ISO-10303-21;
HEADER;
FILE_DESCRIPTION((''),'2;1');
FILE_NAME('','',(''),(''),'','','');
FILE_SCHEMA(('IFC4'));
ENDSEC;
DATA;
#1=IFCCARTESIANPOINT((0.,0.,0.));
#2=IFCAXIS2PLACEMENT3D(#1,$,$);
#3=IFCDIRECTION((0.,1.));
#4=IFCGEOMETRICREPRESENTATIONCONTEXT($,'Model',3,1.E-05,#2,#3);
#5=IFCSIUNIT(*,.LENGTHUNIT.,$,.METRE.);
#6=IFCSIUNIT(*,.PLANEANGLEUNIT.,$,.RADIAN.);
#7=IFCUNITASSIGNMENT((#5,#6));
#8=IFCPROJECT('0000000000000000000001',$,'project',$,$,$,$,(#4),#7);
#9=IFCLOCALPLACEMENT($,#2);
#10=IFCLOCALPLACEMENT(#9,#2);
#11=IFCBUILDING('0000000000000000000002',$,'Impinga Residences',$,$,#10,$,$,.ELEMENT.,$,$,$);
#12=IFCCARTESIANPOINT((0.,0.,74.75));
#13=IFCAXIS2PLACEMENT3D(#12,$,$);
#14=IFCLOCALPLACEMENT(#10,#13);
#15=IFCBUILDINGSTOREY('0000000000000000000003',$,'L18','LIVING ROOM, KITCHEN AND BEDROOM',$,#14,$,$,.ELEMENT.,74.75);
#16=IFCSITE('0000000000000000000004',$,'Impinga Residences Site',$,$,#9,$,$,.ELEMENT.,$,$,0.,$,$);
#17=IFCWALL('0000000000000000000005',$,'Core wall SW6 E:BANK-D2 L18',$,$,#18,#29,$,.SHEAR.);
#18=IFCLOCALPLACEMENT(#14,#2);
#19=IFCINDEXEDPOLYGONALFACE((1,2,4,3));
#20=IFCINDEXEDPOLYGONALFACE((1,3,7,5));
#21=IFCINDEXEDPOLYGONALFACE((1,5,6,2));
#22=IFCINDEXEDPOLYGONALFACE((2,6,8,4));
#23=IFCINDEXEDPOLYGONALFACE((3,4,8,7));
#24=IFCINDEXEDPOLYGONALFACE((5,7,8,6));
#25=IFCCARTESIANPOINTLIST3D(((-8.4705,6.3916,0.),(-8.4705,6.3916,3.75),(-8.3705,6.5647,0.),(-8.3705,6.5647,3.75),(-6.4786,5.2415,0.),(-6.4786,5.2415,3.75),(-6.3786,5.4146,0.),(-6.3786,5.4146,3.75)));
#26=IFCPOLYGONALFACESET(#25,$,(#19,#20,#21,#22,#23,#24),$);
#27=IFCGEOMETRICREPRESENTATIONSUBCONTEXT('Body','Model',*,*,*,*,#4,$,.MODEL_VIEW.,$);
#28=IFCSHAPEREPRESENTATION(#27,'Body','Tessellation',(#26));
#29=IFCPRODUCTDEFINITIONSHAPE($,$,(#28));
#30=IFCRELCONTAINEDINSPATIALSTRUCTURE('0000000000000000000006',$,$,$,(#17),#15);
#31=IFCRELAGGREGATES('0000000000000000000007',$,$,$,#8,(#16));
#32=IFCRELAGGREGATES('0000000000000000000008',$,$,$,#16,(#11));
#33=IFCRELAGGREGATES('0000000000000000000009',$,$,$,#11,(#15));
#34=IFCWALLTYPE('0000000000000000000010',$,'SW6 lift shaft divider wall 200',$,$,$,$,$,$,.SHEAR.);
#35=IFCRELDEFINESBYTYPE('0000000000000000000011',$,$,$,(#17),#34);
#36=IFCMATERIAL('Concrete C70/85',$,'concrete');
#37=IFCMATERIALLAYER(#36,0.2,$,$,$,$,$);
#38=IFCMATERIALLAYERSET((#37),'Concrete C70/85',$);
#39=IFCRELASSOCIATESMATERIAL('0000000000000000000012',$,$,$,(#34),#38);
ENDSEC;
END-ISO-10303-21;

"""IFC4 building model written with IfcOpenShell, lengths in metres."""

from ifc_helpers import new_model, si_unit, direction, frame, frame_2d, origin, place, context, subcontext, project, spatial, rectangle, extrude, material, layer, layer_set, type_object, element, save


model = new_model("IFC4")

# Units and contexts
model_context = context("Model", 3, precision=1e-05, world=origin(), true_north=direction((0.0, 1.0)))
body_context = subcontext(model_context, "Body", "Model", "MODEL_VIEW")
ifc_project = project(units=[si_unit("LENGTHUNIT", "METRE"), si_unit("PLANEANGLEUNIT", "RADIAN")], contexts=[model_context])

# Site, building, storey
site_placement = place(None, origin())
site = spatial("IfcSite", under=ifc_project, at=site_placement, Name="Impinga Residences Site", CompositionType="ELEMENT", RefElevation=0.0)
building_placement = place(site_placement, origin())
building = spatial("IfcBuilding", under=site, at=building_placement, Name="Impinga Residences", CompositionType="ELEMENT")
storey_placement = place(building_placement, frame((0.0, 0.0, 74.75)))
storey = spatial("IfcBuildingStorey", under=building, at=storey_placement, Name="L18", Description="LIVING ROOM, KITCHEN AND BEDROOM", CompositionType="ELEMENT", Elevation=74.75)

# Shared definitions
ifc_material_1 = material(Name="Concrete C70/85", Category="concrete")

# Wall
ifc_layer_1 = layer(ifc_material_1, 0.2)
ifc_layer_set_1 = layer_set([ifc_layer_1], Name="Concrete C70/85")
wall_type_1 = type_object("IfcWallType", Name="SW6 lift shaft divider wall 200", PredefinedType="SHEAR", material=ifc_layer_set_1)
wall_1_placement = place(storey_placement, frame((-6.4287, 5.3281, 0.0), z_axis=(0.0, 0.0, 1.0), x_axis=(-0.866007, 0.500032, 0.0)))
element("IfcWall", 1, at=wall_1_placement, inside=storey, type_object=wall_type_1, Name="Core wall SW6 E:BANK-D2 L18", PredefinedType="SHEAR", context=body_context, shape_type="SweptSolid", body=[
    extrude(rectangle(XDim=2.3, YDim=0.2, at=frame_2d((1.1499, 0.0))), origin(), (0.0, 0.0, 1.0), 3.75),
])

save(model, "model.ifc")
